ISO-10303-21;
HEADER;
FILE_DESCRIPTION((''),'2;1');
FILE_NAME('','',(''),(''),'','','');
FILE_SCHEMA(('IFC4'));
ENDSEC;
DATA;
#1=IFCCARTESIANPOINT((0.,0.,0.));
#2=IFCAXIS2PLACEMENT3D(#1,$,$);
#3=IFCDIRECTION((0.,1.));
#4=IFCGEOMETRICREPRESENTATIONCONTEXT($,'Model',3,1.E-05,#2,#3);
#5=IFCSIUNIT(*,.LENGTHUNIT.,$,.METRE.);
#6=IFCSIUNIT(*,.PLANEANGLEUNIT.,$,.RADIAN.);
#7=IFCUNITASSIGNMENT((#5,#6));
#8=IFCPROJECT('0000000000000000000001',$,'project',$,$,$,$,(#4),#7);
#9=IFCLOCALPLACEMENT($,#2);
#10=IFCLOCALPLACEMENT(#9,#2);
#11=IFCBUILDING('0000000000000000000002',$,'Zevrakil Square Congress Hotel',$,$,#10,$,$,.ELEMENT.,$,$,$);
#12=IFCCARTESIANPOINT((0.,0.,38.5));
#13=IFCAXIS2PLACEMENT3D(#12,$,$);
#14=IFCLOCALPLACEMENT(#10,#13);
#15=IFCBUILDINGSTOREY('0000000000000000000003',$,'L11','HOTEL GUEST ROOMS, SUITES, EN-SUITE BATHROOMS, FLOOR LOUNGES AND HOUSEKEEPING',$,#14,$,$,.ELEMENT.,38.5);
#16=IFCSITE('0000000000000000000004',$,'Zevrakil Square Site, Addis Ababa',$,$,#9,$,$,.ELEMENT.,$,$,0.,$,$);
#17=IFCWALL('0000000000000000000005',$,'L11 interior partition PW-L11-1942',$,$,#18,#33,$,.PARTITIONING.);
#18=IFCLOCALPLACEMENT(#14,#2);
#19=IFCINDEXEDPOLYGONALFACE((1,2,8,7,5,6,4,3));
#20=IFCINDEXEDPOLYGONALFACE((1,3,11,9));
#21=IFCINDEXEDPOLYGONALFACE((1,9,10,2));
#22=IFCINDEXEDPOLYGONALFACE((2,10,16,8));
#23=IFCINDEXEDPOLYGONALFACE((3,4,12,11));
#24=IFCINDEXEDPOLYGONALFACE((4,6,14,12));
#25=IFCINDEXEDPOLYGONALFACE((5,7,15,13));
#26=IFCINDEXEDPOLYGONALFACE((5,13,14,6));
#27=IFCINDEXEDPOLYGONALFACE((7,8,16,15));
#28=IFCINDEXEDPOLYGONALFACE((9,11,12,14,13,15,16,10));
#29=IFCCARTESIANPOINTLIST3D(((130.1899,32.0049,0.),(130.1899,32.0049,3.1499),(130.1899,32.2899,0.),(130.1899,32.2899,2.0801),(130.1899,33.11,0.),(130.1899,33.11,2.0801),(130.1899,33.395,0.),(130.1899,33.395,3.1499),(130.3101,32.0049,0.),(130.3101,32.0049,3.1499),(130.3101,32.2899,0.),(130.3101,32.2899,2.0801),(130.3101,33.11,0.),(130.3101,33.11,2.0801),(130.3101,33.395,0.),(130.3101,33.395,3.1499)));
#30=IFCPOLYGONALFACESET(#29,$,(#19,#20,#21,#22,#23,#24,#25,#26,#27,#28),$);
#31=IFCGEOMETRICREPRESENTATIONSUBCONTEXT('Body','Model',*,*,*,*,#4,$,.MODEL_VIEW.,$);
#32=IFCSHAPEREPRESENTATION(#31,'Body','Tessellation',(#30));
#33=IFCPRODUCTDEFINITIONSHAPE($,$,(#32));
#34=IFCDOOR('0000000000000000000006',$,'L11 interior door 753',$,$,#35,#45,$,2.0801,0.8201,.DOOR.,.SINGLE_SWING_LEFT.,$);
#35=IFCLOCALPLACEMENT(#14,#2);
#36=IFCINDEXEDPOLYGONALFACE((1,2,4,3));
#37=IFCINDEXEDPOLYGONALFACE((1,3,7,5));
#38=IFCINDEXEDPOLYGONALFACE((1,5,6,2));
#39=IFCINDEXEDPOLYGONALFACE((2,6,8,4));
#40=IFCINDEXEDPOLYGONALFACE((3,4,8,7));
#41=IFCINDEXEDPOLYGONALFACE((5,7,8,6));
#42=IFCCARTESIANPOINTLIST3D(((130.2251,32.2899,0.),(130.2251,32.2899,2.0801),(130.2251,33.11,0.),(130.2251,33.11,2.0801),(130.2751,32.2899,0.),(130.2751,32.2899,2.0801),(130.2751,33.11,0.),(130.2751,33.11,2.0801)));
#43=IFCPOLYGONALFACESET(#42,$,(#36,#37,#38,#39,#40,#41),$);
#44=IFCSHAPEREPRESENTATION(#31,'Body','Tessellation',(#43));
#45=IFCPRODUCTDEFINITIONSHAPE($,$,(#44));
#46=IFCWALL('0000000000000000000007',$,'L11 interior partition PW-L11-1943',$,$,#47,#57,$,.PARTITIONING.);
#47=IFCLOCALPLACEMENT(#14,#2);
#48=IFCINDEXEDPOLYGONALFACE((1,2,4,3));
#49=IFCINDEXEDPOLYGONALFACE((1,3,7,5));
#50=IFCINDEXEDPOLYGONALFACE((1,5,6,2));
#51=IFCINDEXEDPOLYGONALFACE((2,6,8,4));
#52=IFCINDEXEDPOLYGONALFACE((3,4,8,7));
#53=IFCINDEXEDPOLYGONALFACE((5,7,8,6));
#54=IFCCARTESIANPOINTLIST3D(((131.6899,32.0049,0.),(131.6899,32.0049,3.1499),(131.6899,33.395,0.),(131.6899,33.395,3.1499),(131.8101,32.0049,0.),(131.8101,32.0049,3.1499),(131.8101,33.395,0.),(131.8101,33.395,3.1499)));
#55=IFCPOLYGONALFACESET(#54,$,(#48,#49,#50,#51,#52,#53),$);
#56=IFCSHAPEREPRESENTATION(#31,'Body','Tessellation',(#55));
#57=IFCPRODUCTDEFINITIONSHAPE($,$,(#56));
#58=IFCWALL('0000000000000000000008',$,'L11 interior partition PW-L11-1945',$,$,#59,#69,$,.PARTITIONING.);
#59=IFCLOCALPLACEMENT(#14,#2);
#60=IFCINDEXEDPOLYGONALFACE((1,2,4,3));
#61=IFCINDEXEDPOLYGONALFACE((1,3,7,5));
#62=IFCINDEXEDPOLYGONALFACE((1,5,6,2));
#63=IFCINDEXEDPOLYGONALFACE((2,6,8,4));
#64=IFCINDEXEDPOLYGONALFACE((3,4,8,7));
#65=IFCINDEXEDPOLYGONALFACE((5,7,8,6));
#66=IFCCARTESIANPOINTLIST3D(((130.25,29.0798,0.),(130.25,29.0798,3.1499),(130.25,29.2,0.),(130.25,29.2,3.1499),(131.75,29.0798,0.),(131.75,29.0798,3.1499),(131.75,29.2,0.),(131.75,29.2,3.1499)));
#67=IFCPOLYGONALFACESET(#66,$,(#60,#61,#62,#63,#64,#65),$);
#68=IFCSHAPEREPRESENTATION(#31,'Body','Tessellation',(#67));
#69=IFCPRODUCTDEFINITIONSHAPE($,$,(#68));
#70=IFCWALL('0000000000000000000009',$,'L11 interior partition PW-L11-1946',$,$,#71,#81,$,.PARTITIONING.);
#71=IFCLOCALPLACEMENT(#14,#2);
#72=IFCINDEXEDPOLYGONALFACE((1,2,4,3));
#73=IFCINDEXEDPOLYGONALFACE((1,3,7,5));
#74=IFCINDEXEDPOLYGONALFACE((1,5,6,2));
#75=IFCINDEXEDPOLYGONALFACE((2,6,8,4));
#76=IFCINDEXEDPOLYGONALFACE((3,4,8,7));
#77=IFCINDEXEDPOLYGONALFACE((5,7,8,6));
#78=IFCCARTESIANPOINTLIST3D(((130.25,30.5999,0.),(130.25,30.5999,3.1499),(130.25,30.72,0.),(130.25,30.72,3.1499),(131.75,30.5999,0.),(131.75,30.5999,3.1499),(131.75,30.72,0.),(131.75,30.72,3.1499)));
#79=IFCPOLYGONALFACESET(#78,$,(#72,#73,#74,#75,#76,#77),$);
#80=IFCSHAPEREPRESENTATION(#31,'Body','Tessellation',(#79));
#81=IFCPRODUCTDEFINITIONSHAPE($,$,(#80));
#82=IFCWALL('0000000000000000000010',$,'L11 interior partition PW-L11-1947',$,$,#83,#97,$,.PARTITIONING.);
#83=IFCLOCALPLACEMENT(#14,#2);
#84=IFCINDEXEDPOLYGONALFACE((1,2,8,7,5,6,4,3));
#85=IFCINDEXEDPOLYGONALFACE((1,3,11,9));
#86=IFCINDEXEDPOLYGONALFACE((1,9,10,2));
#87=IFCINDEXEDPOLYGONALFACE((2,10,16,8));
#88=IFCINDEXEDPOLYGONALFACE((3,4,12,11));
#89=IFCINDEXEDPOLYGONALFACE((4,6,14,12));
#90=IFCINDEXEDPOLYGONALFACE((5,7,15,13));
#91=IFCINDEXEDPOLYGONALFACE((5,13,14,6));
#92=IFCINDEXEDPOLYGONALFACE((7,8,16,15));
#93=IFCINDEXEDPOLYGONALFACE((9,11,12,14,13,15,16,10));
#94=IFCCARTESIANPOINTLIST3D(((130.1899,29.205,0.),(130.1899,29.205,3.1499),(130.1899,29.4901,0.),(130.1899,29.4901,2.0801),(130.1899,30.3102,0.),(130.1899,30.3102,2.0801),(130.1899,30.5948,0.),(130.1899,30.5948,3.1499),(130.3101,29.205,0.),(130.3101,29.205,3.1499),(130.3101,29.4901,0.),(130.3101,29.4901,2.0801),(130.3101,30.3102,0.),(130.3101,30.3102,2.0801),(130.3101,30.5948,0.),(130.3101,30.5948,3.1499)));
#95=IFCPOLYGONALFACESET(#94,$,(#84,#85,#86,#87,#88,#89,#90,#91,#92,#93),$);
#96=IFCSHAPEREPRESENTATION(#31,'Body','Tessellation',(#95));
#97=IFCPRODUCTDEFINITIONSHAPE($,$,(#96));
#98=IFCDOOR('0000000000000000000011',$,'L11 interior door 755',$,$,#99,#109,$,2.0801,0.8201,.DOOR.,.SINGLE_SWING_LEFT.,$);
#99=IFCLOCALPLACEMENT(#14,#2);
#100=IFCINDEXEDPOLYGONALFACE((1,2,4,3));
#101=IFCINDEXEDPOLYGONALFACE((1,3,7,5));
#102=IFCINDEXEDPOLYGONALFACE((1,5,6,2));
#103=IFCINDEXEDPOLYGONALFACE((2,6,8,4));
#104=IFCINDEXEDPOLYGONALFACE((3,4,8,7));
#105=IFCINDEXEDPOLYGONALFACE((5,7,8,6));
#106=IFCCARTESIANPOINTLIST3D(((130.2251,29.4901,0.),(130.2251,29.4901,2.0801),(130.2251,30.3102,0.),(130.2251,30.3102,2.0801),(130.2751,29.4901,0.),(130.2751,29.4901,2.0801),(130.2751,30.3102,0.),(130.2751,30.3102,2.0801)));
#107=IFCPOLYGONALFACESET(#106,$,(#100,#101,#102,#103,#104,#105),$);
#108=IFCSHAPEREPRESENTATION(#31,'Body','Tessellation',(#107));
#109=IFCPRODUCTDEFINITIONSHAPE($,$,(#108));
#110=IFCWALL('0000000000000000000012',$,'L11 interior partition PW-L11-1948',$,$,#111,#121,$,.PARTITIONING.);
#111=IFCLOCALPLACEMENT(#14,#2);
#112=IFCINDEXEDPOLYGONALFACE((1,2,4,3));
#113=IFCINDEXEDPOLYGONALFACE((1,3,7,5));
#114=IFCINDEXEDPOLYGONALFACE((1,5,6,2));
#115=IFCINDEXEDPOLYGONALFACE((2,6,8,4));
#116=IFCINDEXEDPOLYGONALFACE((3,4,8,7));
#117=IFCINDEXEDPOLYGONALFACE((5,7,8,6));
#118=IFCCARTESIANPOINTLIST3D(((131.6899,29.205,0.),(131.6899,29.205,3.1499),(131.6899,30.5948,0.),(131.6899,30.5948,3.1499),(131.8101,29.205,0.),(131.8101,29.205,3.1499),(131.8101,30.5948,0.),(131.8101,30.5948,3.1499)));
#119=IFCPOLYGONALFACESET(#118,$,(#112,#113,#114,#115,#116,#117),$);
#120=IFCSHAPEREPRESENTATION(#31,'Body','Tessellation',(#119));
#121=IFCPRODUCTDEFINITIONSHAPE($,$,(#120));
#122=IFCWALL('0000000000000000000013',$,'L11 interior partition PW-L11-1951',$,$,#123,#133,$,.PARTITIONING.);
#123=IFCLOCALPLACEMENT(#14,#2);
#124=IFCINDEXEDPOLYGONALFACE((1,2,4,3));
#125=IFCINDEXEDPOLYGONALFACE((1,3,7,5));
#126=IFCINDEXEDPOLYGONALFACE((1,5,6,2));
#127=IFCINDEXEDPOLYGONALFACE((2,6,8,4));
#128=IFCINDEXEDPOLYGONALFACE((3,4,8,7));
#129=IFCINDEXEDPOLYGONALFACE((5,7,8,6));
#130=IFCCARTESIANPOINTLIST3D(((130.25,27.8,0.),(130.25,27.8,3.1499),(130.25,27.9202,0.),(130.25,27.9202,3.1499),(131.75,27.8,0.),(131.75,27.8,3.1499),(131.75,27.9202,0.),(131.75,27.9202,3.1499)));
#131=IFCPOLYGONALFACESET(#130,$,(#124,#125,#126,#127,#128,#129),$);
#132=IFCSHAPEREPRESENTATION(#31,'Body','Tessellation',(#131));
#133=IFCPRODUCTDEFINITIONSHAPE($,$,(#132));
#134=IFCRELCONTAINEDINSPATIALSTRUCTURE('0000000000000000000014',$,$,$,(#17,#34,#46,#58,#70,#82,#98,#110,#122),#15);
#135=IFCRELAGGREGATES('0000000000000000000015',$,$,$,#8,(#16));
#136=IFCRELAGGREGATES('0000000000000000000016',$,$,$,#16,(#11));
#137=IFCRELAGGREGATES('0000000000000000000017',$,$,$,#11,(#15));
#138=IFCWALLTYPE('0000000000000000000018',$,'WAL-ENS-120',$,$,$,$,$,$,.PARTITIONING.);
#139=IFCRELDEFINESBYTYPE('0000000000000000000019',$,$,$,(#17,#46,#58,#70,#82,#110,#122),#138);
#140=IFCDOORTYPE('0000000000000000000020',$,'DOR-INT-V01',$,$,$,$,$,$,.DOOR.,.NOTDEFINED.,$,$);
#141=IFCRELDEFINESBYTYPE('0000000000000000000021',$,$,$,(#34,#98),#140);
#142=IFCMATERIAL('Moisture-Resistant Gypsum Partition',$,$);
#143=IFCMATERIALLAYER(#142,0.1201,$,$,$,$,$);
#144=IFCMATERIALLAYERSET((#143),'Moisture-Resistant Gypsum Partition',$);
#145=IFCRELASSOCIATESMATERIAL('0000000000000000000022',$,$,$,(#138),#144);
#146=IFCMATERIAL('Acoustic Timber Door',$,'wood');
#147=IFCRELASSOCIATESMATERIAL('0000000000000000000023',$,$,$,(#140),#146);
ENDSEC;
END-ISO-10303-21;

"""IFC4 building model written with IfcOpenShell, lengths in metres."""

from ifc_helpers import new_model, si_unit, direction, frame, frame_2d, origin, place, context, subcontext, project, spatial, rectangle, extrude, material, layer, layer_set, type_object, element, fill, save


model = new_model("IFC4")

# Units and contexts
model_context = context("Model", 3, precision=1e-05, world=origin(), true_north=direction((0.0, 1.0)))
body_context = subcontext(model_context, "Body", "Model", "MODEL_VIEW")
ifc_project = project(units=[si_unit("LENGTHUNIT", "METRE"), si_unit("PLANEANGLEUNIT", "RADIAN")], contexts=[model_context])

# Site, building, storey
site_placement = place(None, origin())
site = spatial("IfcSite", under=ifc_project, at=site_placement, Name="Zevrakil Square Site, Addis Ababa", CompositionType="ELEMENT", RefElevation=0.0)
building_placement = place(site_placement, origin())
building = spatial("IfcBuilding", under=site, at=building_placement, Name="Zevrakil Square Congress Hotel", CompositionType="ELEMENT")
storey_placement = place(building_placement, frame((0.0, 0.0, 38.5)))
storey = spatial("IfcBuildingStorey", under=building, at=storey_placement, Name="L11", Description="HOTEL GUEST ROOMS, SUITES, EN-SUITE BATHROOMS, FLOOR LOUNGES AND HOUSEKEEPING", CompositionType="ELEMENT", Elevation=38.5)

# Shared definitions
ifc_material_1 = material(Name="Moisture-Resistant Gypsum Partition")
ifc_layer_1 = layer(ifc_material_1, 0.1201)
ifc_layer_set_1 = layer_set([ifc_layer_1], Name="Moisture-Resistant Gypsum Partition")
wall_type_1 = type_object("IfcWallType", Name="WAL-ENS-120", PredefinedType="PARTITIONING", material=ifc_layer_set_1)

# Shared definitions
ifc_material_2 = material(Name="Acoustic Timber Door", Category="wood")
door_type_1 = type_object("IfcDoorType", Name="DOR-INT-V01", OperationType="NOTDEFINED", PredefinedType="DOOR", material=ifc_material_2)

# Wall, opening, door
wall_1_placement = place(storey_placement, frame((130.25, 32.0049, 0.0), z_axis=(0.0, 0.0, 1.0), x_axis=(0.0, 1.0, 0.0)))
wall_1 = element("IfcWall", 1, at=wall_1_placement, inside=storey, type_object=wall_type_1, Name="L11 interior partition PW-L11-1942", PredefinedType="PARTITIONING", context=body_context, shape_type="SweptSolid", body=[
    extrude(rectangle(XDim=1.3901, YDim=0.1201, at=frame_2d((0.6951, 0.0))), origin(), (0.0, 0.0, 1.0), 3.1499),
])
opening_1_placement = place(wall_1_placement, frame((0.2849, 0.0, 0.0)))
opening_1 = element("IfcOpeningElement", 2, at=opening_1_placement, cuts=wall_1, PredefinedType="OPENING", context=body_context, shape_type="SweptSolid", body=[
    extrude(rectangle(XDim=0.8201, YDim=2.0801, at=frame_2d((0.4102, 1.04))), frame((0.0, 0.0701, 0.0), z_axis=(0.0, -1.0, 0.0), x_axis=(1.0, 0.0, 0.0)), (0.0, 0.0, 1.0), 0.1401),
])
door_1_placement = place(opening_1_placement, origin())
door_1 = element("IfcDoor", 3, at=door_1_placement, inside=storey, type_object=door_type_1, Name="L11 interior door 753", OperationType="SINGLE_SWING_LEFT", OverallHeight=2.0801, OverallWidth=0.8201, PredefinedType="DOOR", context=body_context, shape_type="SweptSolid", body=[
    extrude(rectangle(XDim=0.8201, YDim=2.0801, at=frame_2d((0.4102, 1.04))), frame((0.0, 0.0249, 0.0), z_axis=(0.0, -1.0, 0.0), x_axis=(1.0, 0.0, 0.0)), (0.0, 0.0, 1.0), 0.05),
])
fill(opening_1, door_1)

# Walls
wall_2_placement = place(storey_placement, frame((131.75, 32.0049, 0.0), z_axis=(0.0, 0.0, 1.0), x_axis=(0.0, 1.0, 0.0)))
element("IfcWall", 4, at=wall_2_placement, inside=storey, type_object=wall_type_1, Name="L11 interior partition PW-L11-1943", PredefinedType="PARTITIONING", context=body_context, shape_type="SweptSolid", body=[
    extrude(rectangle(XDim=1.3901, YDim=0.1201, at=frame_2d((0.6951, 0.0))), origin(), (0.0, 0.0, 1.0), 3.1499),
])
for number, where, z_axis, x_axis, name in (
    (5, (130.25, 29.1399, 0.0), (0.0, 0.0, 1.0), (1.0, 0.0, 0.0), "L11 interior partition PW-L11-1945"),
    (6, (130.25, 30.6599, 0.0), (0.0, 0.0, 1.0), (1.0, 0.0, 0.0), "L11 interior partition PW-L11-1946"),
):
    element("IfcWall", number, at=place(storey_placement, frame(where, z_axis=z_axis, x_axis=x_axis)), inside=storey, type_object=wall_type_1, Name=name, PredefinedType="PARTITIONING", context=body_context, shape_type="SweptSolid", body=[
        extrude(rectangle(XDim=1.5, YDim=0.1201, at=frame_2d((0.75, 0.0))), origin(), (0.0, 0.0, 1.0), 3.1499),
    ])

# Wall, opening, door
wall_3_placement = place(storey_placement, frame((130.25, 29.2051, 0.0), z_axis=(0.0, 0.0, 1.0), x_axis=(0.0, 1.0, 0.0)))
wall_3 = element("IfcWall", 7, at=wall_3_placement, inside=storey, type_object=wall_type_1, Name="L11 interior partition PW-L11-1947", PredefinedType="PARTITIONING", context=body_context, shape_type="SweptSolid", body=[
    extrude(rectangle(XDim=1.3899, YDim=0.1201, at=frame_2d((0.6948, 0.0))), origin(), (0.0, 0.0, 1.0), 3.1499),
])
opening_2_placement = place(wall_3_placement, frame((0.2849, 0.0, 0.0)))
opening_2 = element("IfcOpeningElement", 8, at=opening_2_placement, cuts=wall_3, PredefinedType="OPENING", context=body_context, shape_type="SweptSolid", body=[
    extrude(rectangle(XDim=0.8201, YDim=2.0801, at=frame_2d((0.4102, 1.04))), frame((0.0, 0.0701, 0.0), z_axis=(0.0, -1.0, 0.0), x_axis=(1.0, 0.0, 0.0)), (0.0, 0.0, 1.0), 0.1401),
])
door_2_placement = place(opening_2_placement, origin())
door_2 = element("IfcDoor", 9, at=door_2_placement, inside=storey, type_object=door_type_1, Name="L11 interior door 755", OperationType="SINGLE_SWING_LEFT", OverallHeight=2.0801, OverallWidth=0.8201, PredefinedType="DOOR", context=body_context, shape_type="SweptSolid", body=[
    extrude(rectangle(XDim=0.8201, YDim=2.0801, at=frame_2d((0.4102, 1.04))), frame((0.0, 0.0249, 0.0), z_axis=(0.0, -1.0, 0.0), x_axis=(1.0, 0.0, 0.0)), (0.0, 0.0, 1.0), 0.05),
])
fill(opening_2, door_2)

# Walls
wall_4_placement = place(storey_placement, frame((131.75, 29.2051, 0.0), z_axis=(0.0, 0.0, 1.0), x_axis=(0.0, 1.0, 0.0)))
element("IfcWall", 10, at=wall_4_placement, inside=storey, type_object=wall_type_1, Name="L11 interior partition PW-L11-1948", PredefinedType="PARTITIONING", context=body_context, shape_type="SweptSolid", body=[
    extrude(rectangle(XDim=1.3899, YDim=0.1201, at=frame_2d((0.6948, 0.0))), origin(), (0.0, 0.0, 1.0), 3.1499),
])
wall_5_placement = place(storey_placement, frame((130.25, 27.8601, 0.0), z_axis=(0.0, 0.0, 1.0), x_axis=(1.0, 0.0, 0.0)))
element("IfcWall", 11, at=wall_5_placement, inside=storey, type_object=wall_type_1, Name="L11 interior partition PW-L11-1951", PredefinedType="PARTITIONING", context=body_context, shape_type="SweptSolid", body=[
    extrude(rectangle(XDim=1.5, YDim=0.1201, at=frame_2d((0.75, 0.0))), origin(), (0.0, 0.0, 1.0), 3.1499),
])

save(model, "model.ifc")
